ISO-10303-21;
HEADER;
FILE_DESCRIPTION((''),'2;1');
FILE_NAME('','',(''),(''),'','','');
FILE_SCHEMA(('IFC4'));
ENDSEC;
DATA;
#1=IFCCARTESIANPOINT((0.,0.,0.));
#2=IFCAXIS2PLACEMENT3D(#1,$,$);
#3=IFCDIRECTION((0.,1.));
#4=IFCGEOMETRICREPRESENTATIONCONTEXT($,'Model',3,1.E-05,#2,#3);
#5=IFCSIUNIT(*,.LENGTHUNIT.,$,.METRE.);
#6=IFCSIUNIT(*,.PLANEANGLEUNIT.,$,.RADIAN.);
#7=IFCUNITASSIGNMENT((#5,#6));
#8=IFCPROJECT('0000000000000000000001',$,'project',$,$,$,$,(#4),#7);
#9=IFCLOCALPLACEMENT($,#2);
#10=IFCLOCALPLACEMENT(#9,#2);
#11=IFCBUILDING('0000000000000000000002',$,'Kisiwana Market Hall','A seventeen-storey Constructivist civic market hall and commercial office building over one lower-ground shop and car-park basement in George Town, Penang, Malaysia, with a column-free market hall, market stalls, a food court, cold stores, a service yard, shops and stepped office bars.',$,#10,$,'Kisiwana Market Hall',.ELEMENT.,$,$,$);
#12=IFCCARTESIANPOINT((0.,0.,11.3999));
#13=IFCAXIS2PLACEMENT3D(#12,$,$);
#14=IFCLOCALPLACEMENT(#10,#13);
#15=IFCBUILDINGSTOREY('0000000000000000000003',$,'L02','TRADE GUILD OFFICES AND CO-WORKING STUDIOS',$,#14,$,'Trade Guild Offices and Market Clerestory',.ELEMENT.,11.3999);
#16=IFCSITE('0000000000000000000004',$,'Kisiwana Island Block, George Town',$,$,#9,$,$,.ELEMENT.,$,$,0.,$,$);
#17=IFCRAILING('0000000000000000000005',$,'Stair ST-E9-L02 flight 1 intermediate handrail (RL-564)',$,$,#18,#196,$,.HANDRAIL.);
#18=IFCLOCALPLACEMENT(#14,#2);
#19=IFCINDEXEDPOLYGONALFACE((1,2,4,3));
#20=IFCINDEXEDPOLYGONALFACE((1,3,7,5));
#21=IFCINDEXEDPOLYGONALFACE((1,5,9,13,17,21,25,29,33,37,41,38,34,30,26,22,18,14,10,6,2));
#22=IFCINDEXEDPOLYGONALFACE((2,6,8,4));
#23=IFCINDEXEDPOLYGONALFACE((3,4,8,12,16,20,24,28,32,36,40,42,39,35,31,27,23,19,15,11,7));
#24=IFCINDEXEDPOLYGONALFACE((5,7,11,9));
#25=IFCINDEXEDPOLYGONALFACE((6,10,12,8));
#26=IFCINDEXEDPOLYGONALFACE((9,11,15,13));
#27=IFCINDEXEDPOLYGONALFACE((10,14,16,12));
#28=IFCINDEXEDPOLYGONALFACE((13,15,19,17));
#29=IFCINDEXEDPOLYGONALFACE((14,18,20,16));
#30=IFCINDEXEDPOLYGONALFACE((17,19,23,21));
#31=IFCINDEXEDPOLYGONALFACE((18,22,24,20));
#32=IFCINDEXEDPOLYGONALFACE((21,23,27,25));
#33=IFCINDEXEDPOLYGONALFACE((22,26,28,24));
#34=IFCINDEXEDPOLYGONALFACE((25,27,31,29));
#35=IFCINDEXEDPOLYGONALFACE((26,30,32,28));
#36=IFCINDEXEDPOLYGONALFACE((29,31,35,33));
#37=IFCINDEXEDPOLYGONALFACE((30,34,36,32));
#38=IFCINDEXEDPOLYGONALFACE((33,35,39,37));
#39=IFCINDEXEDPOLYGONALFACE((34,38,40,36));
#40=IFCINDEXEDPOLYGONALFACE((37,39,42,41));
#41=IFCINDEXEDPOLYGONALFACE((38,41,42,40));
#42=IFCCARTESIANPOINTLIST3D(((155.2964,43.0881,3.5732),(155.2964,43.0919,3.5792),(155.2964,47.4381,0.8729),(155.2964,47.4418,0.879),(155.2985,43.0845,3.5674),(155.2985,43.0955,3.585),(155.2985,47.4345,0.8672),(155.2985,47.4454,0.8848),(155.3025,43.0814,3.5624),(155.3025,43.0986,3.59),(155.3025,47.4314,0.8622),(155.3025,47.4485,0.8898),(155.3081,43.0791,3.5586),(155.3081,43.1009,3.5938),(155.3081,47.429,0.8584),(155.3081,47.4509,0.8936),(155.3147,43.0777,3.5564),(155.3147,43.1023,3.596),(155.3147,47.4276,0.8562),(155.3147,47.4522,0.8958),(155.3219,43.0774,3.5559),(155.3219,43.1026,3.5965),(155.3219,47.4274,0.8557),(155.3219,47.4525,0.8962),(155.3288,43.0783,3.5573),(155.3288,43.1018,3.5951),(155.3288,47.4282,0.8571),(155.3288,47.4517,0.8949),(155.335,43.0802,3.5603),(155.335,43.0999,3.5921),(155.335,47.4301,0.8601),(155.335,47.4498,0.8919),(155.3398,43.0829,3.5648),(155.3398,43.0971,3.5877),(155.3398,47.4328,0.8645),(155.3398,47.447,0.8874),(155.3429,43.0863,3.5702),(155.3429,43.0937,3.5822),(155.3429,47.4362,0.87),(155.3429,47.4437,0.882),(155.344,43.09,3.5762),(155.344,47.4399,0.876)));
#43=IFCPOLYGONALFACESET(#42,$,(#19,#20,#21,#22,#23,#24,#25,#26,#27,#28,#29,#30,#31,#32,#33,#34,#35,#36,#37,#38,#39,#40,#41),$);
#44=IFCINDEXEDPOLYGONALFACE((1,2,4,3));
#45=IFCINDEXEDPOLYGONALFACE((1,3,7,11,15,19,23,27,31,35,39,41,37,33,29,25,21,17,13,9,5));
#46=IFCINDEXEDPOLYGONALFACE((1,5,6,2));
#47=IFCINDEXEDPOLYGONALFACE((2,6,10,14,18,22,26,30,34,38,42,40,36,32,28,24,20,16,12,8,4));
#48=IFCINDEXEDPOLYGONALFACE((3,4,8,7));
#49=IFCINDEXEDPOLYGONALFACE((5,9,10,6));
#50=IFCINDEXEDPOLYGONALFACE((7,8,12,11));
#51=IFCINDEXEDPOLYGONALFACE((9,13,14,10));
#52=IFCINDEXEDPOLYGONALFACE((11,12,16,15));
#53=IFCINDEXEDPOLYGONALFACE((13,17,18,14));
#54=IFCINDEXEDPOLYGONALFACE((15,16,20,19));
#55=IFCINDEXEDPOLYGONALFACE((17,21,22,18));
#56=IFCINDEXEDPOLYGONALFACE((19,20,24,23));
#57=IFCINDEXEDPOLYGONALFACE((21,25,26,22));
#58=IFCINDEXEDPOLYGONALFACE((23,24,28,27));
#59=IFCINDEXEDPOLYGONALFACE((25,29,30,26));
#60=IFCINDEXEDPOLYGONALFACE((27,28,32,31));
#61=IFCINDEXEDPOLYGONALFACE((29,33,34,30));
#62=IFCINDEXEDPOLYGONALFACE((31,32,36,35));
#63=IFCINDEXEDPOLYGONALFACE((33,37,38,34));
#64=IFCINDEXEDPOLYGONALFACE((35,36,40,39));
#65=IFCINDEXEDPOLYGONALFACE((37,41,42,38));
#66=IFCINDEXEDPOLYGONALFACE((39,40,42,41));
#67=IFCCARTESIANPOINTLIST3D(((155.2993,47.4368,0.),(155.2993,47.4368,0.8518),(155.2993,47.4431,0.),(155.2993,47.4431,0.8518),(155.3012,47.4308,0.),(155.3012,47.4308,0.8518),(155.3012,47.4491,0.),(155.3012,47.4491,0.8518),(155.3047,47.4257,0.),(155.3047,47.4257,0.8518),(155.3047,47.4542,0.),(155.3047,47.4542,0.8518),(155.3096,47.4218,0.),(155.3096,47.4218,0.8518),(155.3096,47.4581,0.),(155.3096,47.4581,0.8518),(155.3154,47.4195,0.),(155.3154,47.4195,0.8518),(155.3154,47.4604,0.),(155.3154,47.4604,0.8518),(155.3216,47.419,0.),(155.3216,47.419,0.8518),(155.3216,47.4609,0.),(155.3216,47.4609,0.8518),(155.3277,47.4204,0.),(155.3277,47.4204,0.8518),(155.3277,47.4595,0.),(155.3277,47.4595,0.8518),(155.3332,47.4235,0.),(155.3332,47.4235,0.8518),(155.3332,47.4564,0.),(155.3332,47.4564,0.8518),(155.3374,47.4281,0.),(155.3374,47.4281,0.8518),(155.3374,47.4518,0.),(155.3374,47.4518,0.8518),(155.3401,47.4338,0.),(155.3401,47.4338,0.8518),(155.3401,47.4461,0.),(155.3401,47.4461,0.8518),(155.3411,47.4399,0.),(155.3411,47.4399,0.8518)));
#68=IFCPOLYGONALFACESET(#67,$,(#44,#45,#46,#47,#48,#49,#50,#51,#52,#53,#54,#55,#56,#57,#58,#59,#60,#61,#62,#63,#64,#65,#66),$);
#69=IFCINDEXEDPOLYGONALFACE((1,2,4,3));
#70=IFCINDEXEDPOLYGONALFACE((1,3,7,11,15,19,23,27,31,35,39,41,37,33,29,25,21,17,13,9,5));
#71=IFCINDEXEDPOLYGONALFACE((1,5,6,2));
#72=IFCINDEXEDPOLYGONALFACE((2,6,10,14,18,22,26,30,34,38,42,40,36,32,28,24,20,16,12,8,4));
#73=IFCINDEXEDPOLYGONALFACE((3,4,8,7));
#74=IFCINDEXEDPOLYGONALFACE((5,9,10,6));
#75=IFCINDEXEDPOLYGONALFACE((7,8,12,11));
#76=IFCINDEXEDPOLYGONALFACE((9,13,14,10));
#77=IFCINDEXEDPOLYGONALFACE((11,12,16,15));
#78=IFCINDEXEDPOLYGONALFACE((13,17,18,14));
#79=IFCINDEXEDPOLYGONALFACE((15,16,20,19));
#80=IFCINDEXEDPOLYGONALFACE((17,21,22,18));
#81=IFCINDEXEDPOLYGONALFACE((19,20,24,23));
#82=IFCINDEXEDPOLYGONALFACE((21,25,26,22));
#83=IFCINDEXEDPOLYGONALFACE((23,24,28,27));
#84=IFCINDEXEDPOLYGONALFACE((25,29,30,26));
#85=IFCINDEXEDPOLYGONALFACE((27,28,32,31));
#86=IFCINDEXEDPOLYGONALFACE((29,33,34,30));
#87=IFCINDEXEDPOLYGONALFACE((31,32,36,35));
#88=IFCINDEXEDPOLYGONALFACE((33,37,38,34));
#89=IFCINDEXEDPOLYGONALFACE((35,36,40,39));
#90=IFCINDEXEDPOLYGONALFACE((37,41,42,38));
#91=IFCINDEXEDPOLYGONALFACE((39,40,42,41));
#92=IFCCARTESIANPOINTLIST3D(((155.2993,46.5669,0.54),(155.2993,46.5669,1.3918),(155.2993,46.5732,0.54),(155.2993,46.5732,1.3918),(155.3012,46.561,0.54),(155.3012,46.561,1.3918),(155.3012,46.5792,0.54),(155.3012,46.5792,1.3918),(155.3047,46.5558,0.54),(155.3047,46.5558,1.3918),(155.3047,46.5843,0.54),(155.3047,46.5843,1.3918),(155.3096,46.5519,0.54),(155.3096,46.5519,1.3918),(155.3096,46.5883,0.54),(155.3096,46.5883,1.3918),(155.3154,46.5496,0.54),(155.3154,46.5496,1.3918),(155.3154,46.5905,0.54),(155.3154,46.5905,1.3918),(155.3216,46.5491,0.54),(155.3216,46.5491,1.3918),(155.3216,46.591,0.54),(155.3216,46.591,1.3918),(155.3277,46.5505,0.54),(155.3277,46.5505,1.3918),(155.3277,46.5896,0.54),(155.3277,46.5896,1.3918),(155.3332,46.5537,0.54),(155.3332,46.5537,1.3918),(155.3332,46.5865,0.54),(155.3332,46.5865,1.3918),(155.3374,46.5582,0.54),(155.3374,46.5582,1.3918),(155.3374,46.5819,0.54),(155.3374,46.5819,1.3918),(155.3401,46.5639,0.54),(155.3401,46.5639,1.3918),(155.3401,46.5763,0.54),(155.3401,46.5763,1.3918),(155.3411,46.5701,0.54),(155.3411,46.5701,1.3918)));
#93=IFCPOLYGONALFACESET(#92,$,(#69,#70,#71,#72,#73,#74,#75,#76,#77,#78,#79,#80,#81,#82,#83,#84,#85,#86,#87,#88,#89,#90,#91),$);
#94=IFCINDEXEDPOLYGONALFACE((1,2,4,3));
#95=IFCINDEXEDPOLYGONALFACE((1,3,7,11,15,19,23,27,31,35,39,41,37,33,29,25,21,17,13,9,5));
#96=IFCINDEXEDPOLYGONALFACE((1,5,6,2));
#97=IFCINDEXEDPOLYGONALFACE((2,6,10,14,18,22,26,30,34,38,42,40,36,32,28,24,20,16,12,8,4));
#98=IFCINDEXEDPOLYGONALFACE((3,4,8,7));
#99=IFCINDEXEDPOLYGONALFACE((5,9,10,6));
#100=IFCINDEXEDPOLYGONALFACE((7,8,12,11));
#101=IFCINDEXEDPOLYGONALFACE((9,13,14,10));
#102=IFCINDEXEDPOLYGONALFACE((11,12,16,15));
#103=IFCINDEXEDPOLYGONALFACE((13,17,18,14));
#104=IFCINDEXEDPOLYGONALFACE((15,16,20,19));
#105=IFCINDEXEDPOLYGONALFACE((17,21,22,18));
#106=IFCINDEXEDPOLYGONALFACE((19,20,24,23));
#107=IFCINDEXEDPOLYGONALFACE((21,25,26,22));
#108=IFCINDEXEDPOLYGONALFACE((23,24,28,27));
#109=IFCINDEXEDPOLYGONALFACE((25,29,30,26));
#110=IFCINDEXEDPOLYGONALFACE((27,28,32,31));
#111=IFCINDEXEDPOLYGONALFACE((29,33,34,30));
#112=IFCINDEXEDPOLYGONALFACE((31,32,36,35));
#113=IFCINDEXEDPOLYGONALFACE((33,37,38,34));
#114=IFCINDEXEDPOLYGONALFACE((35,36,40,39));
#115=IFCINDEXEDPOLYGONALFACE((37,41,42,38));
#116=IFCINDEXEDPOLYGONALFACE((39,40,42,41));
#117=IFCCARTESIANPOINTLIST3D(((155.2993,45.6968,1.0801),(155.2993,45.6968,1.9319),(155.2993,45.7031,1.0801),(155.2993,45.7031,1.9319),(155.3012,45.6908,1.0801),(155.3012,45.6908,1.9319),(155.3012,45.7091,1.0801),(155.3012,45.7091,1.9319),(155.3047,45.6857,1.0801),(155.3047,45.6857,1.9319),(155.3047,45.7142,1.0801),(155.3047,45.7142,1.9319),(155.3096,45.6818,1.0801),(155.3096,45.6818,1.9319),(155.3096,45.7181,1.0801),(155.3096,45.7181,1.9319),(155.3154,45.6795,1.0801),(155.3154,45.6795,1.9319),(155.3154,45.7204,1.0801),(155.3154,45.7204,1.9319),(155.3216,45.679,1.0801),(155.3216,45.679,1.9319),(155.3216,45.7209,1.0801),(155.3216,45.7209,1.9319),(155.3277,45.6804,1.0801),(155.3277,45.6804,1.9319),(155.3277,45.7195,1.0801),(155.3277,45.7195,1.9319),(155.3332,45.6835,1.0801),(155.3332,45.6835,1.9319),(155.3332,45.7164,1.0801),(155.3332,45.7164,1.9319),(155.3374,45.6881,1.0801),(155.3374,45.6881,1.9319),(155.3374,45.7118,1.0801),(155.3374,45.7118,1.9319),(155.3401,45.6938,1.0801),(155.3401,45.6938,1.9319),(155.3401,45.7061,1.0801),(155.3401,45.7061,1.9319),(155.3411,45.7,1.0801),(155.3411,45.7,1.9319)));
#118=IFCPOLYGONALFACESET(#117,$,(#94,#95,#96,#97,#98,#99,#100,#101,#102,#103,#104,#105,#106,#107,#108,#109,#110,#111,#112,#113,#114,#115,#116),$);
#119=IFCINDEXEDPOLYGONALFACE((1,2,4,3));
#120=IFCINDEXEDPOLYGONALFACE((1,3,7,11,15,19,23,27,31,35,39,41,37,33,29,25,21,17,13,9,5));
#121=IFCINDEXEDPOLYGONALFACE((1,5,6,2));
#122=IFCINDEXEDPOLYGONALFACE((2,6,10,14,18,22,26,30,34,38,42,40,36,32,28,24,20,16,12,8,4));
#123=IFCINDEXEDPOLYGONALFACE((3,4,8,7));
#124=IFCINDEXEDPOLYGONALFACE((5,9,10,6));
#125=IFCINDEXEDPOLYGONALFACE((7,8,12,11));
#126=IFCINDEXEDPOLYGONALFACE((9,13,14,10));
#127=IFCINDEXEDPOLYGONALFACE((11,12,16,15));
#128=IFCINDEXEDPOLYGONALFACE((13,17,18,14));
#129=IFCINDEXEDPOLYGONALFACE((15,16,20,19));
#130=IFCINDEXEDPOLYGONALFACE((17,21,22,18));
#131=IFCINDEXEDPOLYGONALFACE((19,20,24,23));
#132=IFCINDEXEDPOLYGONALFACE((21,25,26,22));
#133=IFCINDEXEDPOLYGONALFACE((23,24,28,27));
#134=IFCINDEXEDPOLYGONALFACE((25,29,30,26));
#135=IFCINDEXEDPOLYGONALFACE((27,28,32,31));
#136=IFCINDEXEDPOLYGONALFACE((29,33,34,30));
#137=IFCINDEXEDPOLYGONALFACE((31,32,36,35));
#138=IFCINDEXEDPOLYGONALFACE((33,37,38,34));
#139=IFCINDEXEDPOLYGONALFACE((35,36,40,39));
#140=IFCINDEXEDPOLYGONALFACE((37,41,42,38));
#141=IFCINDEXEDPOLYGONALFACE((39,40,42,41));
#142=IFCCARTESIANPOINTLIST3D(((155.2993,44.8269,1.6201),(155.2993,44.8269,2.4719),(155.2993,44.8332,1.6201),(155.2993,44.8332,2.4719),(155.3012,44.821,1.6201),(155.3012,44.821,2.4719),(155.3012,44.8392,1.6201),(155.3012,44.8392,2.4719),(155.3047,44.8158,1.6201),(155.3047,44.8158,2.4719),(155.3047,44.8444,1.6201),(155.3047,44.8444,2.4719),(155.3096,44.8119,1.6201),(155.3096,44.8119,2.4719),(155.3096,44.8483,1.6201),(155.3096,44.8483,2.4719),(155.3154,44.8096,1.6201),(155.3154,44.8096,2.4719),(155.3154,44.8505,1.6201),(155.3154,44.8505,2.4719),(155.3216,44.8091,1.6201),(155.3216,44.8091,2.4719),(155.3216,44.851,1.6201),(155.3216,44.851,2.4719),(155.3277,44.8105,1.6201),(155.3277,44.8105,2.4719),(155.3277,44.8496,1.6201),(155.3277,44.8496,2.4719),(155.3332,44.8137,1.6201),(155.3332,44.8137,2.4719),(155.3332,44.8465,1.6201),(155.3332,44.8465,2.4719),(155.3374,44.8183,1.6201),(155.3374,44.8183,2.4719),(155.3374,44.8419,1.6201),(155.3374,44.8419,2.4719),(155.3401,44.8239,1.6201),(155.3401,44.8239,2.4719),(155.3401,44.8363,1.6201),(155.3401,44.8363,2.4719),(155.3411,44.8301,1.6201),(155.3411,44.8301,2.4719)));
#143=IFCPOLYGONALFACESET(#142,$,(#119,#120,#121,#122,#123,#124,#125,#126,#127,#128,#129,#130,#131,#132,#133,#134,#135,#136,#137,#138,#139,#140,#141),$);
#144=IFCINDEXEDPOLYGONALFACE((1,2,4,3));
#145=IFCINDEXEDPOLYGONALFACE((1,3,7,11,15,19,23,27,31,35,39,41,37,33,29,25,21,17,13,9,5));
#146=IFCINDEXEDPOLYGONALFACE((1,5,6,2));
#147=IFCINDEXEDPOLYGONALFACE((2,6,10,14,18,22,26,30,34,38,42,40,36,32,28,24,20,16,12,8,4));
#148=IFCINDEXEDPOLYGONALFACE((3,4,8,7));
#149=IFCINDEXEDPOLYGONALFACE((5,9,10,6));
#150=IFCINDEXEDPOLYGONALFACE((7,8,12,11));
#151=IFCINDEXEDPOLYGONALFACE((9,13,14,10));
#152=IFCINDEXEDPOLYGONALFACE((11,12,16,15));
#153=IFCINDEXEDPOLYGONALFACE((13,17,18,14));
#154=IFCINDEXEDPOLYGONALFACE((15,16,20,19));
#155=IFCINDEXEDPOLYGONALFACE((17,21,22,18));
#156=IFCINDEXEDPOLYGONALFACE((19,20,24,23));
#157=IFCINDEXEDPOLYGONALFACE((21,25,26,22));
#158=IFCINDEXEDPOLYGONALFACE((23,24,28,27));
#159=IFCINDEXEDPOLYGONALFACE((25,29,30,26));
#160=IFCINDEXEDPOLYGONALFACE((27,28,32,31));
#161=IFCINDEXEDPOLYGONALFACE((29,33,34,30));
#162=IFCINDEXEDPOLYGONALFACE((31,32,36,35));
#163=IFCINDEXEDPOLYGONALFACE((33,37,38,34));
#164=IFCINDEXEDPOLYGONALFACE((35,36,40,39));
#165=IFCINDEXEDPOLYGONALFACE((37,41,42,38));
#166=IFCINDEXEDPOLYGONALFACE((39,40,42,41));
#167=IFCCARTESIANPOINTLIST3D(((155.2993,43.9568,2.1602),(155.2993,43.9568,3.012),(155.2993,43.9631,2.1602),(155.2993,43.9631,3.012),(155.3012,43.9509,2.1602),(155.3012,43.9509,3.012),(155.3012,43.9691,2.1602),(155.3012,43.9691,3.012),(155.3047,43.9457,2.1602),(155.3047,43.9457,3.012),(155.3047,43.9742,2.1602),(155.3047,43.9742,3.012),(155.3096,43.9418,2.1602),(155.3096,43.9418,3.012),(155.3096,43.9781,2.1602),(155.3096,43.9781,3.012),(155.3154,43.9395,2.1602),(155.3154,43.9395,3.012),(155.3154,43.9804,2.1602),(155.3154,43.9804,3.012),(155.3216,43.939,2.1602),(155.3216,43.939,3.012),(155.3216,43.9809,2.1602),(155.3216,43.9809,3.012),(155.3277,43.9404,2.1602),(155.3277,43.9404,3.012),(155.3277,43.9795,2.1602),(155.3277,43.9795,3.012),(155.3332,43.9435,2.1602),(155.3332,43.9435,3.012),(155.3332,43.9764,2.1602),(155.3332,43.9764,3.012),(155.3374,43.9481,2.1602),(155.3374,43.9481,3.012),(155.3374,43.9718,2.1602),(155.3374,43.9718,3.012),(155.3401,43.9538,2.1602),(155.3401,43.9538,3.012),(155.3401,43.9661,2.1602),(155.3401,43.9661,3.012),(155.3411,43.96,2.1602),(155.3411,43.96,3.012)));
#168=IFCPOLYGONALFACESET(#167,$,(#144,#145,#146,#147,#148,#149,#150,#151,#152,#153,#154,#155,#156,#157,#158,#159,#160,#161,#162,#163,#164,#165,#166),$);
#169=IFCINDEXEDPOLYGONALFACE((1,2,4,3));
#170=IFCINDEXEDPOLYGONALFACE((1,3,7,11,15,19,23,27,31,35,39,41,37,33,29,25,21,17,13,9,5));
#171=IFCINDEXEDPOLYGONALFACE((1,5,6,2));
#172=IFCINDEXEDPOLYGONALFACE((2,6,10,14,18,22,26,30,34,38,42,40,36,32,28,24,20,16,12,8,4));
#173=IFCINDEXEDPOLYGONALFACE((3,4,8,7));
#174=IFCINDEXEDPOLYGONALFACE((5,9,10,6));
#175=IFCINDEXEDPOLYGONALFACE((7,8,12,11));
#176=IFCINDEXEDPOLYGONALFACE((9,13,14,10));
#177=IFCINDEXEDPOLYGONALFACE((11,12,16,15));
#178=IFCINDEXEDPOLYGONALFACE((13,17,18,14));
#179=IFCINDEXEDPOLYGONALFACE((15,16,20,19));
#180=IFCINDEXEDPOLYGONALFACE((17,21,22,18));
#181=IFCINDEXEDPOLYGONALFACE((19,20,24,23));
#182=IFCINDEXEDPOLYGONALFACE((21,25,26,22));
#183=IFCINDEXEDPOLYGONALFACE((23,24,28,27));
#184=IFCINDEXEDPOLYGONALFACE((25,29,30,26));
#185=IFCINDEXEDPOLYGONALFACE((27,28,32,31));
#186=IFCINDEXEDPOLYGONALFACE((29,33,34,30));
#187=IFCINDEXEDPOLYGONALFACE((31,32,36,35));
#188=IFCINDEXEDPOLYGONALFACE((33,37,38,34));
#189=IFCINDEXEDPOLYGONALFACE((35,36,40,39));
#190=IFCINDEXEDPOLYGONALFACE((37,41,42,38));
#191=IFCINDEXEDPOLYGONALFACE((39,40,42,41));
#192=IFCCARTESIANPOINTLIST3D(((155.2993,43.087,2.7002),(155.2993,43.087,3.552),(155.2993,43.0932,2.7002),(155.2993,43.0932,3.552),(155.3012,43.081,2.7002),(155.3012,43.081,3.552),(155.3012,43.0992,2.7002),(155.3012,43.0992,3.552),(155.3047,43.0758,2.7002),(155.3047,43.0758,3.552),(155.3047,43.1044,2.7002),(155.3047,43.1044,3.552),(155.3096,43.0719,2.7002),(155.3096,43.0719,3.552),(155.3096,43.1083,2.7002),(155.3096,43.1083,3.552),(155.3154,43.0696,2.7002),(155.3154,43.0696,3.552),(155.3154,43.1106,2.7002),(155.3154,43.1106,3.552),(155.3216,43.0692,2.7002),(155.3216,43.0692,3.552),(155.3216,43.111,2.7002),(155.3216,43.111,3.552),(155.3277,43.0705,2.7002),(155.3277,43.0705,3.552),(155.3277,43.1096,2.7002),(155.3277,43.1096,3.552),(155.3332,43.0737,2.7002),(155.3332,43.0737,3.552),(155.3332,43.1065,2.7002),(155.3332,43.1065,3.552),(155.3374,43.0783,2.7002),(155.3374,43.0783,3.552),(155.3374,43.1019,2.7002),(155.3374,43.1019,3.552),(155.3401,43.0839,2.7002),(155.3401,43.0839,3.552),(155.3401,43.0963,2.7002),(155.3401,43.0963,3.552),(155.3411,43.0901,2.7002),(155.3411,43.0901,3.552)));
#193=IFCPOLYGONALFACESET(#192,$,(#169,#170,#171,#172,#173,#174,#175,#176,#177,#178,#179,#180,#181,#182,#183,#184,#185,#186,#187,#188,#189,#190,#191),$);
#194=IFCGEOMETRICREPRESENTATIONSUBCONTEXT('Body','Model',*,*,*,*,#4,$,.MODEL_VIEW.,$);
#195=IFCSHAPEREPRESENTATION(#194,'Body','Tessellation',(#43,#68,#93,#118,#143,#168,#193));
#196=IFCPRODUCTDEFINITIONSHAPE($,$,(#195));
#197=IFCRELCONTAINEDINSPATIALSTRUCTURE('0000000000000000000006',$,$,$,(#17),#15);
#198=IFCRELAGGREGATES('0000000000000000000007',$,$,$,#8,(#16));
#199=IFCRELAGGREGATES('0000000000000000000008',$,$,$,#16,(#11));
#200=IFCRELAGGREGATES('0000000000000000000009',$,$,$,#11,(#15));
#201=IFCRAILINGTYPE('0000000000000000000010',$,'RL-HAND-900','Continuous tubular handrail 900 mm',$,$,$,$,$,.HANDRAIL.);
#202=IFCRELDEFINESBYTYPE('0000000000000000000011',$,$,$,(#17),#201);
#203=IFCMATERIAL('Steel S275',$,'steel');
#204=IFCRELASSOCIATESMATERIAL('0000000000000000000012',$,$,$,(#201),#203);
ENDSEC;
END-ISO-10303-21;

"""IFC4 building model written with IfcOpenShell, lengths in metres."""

from ifc_helpers import new_model, si_unit, direction, frame, origin, origin_2d, place, context, subcontext, project, spatial, circle, extrude, material, type_object, element, save


model = new_model("IFC4")

# Units and contexts
model_context = context("Model", 3, precision=1e-05, world=origin(), true_north=direction((0.0, 1.0)))
body_context = subcontext(model_context, "Body", "Model", "MODEL_VIEW")
ifc_project = project(units=[si_unit("LENGTHUNIT", "METRE"), si_unit("PLANEANGLEUNIT", "RADIAN")], contexts=[model_context])

# Site, building, storey
site_placement = place(None, origin())
site = spatial("IfcSite", under=ifc_project, at=site_placement, Name="Kisiwana Island Block, George Town", CompositionType="ELEMENT", RefElevation=0.0)
building_placement = place(site_placement, origin())
building = spatial("IfcBuilding", under=site, at=building_placement, Name="Kisiwana Market Hall", Description="A seventeen-storey Constructivist civic market hall and commercial office building over one lower-ground shop and car-park basement in George Town, Penang, Malaysia, with a column-free market hall, market stalls, a food court, cold stores, a service yard, shops and stepped office bars.", LongName="Kisiwana Market Hall", CompositionType="ELEMENT")
storey_placement = place(building_placement, frame((0.0, 0.0, 11.3999)))
storey = spatial("IfcBuildingStorey", under=building, at=storey_placement, Name="L02", Description="TRADE GUILD OFFICES AND CO-WORKING STUDIOS", LongName="Trade Guild Offices and Market Clerestory", CompositionType="ELEMENT", Elevation=11.3999)

# Railing
ifc_material_1 = material(Name="Steel S275", Category="steel")
railing_type_1 = type_object("IfcRailingType", Name="RL-HAND-900", Description="Continuous tubular handrail 900 mm", PredefinedType="HANDRAIL", material=ifc_material_1)
railing_1_placement = place(storey_placement, frame((155.3201, 47.4399, 0.0)))
element("IfcRailing", 1, at=railing_1_placement, inside=storey, type_object=railing_type_1, Name="Stair ST-E9-L02 flight 1 intermediate handrail (RL-564)", PredefinedType="HANDRAIL", context=body_context, shape_type="SweptSolid", body=[
    extrude(circle(Radius=0.0239, at=origin_2d()), frame((0.0, 0.0, 0.876), z_axis=(0.0, -0.849615, 0.527403), x_axis=(1.0, 0.0, 0.0)), (0.0, 0.0, 1.0), 5.1199),
    extrude(circle(Radius=0.021, at=origin_2d()), origin(), (0.0, 0.0, 1.0), 0.8518),
    extrude(circle(Radius=0.021, at=origin_2d()), frame((0.0, -0.8699, 0.54)), (0.0, 0.0, 1.0), 0.8518),
    extrude(circle(Radius=0.021, at=origin_2d()), frame((0.0, -1.74, 1.0801)), (0.0, 0.0, 1.0), 0.8518),
    extrude(circle(Radius=0.021, at=origin_2d()), frame((0.0, -2.6099, 1.6201)), (0.0, 0.0, 1.0), 0.8518),
    extrude(circle(Radius=0.021, at=origin_2d()), frame((0.0, -3.48, 2.1602)), (0.0, 0.0, 1.0), 0.8518),
    extrude(circle(Radius=0.021, at=origin_2d()), frame((0.0, -4.3499, 2.7002)), (0.0, 0.0, 1.0), 0.8518),
])

save(model, "model.ifc")
